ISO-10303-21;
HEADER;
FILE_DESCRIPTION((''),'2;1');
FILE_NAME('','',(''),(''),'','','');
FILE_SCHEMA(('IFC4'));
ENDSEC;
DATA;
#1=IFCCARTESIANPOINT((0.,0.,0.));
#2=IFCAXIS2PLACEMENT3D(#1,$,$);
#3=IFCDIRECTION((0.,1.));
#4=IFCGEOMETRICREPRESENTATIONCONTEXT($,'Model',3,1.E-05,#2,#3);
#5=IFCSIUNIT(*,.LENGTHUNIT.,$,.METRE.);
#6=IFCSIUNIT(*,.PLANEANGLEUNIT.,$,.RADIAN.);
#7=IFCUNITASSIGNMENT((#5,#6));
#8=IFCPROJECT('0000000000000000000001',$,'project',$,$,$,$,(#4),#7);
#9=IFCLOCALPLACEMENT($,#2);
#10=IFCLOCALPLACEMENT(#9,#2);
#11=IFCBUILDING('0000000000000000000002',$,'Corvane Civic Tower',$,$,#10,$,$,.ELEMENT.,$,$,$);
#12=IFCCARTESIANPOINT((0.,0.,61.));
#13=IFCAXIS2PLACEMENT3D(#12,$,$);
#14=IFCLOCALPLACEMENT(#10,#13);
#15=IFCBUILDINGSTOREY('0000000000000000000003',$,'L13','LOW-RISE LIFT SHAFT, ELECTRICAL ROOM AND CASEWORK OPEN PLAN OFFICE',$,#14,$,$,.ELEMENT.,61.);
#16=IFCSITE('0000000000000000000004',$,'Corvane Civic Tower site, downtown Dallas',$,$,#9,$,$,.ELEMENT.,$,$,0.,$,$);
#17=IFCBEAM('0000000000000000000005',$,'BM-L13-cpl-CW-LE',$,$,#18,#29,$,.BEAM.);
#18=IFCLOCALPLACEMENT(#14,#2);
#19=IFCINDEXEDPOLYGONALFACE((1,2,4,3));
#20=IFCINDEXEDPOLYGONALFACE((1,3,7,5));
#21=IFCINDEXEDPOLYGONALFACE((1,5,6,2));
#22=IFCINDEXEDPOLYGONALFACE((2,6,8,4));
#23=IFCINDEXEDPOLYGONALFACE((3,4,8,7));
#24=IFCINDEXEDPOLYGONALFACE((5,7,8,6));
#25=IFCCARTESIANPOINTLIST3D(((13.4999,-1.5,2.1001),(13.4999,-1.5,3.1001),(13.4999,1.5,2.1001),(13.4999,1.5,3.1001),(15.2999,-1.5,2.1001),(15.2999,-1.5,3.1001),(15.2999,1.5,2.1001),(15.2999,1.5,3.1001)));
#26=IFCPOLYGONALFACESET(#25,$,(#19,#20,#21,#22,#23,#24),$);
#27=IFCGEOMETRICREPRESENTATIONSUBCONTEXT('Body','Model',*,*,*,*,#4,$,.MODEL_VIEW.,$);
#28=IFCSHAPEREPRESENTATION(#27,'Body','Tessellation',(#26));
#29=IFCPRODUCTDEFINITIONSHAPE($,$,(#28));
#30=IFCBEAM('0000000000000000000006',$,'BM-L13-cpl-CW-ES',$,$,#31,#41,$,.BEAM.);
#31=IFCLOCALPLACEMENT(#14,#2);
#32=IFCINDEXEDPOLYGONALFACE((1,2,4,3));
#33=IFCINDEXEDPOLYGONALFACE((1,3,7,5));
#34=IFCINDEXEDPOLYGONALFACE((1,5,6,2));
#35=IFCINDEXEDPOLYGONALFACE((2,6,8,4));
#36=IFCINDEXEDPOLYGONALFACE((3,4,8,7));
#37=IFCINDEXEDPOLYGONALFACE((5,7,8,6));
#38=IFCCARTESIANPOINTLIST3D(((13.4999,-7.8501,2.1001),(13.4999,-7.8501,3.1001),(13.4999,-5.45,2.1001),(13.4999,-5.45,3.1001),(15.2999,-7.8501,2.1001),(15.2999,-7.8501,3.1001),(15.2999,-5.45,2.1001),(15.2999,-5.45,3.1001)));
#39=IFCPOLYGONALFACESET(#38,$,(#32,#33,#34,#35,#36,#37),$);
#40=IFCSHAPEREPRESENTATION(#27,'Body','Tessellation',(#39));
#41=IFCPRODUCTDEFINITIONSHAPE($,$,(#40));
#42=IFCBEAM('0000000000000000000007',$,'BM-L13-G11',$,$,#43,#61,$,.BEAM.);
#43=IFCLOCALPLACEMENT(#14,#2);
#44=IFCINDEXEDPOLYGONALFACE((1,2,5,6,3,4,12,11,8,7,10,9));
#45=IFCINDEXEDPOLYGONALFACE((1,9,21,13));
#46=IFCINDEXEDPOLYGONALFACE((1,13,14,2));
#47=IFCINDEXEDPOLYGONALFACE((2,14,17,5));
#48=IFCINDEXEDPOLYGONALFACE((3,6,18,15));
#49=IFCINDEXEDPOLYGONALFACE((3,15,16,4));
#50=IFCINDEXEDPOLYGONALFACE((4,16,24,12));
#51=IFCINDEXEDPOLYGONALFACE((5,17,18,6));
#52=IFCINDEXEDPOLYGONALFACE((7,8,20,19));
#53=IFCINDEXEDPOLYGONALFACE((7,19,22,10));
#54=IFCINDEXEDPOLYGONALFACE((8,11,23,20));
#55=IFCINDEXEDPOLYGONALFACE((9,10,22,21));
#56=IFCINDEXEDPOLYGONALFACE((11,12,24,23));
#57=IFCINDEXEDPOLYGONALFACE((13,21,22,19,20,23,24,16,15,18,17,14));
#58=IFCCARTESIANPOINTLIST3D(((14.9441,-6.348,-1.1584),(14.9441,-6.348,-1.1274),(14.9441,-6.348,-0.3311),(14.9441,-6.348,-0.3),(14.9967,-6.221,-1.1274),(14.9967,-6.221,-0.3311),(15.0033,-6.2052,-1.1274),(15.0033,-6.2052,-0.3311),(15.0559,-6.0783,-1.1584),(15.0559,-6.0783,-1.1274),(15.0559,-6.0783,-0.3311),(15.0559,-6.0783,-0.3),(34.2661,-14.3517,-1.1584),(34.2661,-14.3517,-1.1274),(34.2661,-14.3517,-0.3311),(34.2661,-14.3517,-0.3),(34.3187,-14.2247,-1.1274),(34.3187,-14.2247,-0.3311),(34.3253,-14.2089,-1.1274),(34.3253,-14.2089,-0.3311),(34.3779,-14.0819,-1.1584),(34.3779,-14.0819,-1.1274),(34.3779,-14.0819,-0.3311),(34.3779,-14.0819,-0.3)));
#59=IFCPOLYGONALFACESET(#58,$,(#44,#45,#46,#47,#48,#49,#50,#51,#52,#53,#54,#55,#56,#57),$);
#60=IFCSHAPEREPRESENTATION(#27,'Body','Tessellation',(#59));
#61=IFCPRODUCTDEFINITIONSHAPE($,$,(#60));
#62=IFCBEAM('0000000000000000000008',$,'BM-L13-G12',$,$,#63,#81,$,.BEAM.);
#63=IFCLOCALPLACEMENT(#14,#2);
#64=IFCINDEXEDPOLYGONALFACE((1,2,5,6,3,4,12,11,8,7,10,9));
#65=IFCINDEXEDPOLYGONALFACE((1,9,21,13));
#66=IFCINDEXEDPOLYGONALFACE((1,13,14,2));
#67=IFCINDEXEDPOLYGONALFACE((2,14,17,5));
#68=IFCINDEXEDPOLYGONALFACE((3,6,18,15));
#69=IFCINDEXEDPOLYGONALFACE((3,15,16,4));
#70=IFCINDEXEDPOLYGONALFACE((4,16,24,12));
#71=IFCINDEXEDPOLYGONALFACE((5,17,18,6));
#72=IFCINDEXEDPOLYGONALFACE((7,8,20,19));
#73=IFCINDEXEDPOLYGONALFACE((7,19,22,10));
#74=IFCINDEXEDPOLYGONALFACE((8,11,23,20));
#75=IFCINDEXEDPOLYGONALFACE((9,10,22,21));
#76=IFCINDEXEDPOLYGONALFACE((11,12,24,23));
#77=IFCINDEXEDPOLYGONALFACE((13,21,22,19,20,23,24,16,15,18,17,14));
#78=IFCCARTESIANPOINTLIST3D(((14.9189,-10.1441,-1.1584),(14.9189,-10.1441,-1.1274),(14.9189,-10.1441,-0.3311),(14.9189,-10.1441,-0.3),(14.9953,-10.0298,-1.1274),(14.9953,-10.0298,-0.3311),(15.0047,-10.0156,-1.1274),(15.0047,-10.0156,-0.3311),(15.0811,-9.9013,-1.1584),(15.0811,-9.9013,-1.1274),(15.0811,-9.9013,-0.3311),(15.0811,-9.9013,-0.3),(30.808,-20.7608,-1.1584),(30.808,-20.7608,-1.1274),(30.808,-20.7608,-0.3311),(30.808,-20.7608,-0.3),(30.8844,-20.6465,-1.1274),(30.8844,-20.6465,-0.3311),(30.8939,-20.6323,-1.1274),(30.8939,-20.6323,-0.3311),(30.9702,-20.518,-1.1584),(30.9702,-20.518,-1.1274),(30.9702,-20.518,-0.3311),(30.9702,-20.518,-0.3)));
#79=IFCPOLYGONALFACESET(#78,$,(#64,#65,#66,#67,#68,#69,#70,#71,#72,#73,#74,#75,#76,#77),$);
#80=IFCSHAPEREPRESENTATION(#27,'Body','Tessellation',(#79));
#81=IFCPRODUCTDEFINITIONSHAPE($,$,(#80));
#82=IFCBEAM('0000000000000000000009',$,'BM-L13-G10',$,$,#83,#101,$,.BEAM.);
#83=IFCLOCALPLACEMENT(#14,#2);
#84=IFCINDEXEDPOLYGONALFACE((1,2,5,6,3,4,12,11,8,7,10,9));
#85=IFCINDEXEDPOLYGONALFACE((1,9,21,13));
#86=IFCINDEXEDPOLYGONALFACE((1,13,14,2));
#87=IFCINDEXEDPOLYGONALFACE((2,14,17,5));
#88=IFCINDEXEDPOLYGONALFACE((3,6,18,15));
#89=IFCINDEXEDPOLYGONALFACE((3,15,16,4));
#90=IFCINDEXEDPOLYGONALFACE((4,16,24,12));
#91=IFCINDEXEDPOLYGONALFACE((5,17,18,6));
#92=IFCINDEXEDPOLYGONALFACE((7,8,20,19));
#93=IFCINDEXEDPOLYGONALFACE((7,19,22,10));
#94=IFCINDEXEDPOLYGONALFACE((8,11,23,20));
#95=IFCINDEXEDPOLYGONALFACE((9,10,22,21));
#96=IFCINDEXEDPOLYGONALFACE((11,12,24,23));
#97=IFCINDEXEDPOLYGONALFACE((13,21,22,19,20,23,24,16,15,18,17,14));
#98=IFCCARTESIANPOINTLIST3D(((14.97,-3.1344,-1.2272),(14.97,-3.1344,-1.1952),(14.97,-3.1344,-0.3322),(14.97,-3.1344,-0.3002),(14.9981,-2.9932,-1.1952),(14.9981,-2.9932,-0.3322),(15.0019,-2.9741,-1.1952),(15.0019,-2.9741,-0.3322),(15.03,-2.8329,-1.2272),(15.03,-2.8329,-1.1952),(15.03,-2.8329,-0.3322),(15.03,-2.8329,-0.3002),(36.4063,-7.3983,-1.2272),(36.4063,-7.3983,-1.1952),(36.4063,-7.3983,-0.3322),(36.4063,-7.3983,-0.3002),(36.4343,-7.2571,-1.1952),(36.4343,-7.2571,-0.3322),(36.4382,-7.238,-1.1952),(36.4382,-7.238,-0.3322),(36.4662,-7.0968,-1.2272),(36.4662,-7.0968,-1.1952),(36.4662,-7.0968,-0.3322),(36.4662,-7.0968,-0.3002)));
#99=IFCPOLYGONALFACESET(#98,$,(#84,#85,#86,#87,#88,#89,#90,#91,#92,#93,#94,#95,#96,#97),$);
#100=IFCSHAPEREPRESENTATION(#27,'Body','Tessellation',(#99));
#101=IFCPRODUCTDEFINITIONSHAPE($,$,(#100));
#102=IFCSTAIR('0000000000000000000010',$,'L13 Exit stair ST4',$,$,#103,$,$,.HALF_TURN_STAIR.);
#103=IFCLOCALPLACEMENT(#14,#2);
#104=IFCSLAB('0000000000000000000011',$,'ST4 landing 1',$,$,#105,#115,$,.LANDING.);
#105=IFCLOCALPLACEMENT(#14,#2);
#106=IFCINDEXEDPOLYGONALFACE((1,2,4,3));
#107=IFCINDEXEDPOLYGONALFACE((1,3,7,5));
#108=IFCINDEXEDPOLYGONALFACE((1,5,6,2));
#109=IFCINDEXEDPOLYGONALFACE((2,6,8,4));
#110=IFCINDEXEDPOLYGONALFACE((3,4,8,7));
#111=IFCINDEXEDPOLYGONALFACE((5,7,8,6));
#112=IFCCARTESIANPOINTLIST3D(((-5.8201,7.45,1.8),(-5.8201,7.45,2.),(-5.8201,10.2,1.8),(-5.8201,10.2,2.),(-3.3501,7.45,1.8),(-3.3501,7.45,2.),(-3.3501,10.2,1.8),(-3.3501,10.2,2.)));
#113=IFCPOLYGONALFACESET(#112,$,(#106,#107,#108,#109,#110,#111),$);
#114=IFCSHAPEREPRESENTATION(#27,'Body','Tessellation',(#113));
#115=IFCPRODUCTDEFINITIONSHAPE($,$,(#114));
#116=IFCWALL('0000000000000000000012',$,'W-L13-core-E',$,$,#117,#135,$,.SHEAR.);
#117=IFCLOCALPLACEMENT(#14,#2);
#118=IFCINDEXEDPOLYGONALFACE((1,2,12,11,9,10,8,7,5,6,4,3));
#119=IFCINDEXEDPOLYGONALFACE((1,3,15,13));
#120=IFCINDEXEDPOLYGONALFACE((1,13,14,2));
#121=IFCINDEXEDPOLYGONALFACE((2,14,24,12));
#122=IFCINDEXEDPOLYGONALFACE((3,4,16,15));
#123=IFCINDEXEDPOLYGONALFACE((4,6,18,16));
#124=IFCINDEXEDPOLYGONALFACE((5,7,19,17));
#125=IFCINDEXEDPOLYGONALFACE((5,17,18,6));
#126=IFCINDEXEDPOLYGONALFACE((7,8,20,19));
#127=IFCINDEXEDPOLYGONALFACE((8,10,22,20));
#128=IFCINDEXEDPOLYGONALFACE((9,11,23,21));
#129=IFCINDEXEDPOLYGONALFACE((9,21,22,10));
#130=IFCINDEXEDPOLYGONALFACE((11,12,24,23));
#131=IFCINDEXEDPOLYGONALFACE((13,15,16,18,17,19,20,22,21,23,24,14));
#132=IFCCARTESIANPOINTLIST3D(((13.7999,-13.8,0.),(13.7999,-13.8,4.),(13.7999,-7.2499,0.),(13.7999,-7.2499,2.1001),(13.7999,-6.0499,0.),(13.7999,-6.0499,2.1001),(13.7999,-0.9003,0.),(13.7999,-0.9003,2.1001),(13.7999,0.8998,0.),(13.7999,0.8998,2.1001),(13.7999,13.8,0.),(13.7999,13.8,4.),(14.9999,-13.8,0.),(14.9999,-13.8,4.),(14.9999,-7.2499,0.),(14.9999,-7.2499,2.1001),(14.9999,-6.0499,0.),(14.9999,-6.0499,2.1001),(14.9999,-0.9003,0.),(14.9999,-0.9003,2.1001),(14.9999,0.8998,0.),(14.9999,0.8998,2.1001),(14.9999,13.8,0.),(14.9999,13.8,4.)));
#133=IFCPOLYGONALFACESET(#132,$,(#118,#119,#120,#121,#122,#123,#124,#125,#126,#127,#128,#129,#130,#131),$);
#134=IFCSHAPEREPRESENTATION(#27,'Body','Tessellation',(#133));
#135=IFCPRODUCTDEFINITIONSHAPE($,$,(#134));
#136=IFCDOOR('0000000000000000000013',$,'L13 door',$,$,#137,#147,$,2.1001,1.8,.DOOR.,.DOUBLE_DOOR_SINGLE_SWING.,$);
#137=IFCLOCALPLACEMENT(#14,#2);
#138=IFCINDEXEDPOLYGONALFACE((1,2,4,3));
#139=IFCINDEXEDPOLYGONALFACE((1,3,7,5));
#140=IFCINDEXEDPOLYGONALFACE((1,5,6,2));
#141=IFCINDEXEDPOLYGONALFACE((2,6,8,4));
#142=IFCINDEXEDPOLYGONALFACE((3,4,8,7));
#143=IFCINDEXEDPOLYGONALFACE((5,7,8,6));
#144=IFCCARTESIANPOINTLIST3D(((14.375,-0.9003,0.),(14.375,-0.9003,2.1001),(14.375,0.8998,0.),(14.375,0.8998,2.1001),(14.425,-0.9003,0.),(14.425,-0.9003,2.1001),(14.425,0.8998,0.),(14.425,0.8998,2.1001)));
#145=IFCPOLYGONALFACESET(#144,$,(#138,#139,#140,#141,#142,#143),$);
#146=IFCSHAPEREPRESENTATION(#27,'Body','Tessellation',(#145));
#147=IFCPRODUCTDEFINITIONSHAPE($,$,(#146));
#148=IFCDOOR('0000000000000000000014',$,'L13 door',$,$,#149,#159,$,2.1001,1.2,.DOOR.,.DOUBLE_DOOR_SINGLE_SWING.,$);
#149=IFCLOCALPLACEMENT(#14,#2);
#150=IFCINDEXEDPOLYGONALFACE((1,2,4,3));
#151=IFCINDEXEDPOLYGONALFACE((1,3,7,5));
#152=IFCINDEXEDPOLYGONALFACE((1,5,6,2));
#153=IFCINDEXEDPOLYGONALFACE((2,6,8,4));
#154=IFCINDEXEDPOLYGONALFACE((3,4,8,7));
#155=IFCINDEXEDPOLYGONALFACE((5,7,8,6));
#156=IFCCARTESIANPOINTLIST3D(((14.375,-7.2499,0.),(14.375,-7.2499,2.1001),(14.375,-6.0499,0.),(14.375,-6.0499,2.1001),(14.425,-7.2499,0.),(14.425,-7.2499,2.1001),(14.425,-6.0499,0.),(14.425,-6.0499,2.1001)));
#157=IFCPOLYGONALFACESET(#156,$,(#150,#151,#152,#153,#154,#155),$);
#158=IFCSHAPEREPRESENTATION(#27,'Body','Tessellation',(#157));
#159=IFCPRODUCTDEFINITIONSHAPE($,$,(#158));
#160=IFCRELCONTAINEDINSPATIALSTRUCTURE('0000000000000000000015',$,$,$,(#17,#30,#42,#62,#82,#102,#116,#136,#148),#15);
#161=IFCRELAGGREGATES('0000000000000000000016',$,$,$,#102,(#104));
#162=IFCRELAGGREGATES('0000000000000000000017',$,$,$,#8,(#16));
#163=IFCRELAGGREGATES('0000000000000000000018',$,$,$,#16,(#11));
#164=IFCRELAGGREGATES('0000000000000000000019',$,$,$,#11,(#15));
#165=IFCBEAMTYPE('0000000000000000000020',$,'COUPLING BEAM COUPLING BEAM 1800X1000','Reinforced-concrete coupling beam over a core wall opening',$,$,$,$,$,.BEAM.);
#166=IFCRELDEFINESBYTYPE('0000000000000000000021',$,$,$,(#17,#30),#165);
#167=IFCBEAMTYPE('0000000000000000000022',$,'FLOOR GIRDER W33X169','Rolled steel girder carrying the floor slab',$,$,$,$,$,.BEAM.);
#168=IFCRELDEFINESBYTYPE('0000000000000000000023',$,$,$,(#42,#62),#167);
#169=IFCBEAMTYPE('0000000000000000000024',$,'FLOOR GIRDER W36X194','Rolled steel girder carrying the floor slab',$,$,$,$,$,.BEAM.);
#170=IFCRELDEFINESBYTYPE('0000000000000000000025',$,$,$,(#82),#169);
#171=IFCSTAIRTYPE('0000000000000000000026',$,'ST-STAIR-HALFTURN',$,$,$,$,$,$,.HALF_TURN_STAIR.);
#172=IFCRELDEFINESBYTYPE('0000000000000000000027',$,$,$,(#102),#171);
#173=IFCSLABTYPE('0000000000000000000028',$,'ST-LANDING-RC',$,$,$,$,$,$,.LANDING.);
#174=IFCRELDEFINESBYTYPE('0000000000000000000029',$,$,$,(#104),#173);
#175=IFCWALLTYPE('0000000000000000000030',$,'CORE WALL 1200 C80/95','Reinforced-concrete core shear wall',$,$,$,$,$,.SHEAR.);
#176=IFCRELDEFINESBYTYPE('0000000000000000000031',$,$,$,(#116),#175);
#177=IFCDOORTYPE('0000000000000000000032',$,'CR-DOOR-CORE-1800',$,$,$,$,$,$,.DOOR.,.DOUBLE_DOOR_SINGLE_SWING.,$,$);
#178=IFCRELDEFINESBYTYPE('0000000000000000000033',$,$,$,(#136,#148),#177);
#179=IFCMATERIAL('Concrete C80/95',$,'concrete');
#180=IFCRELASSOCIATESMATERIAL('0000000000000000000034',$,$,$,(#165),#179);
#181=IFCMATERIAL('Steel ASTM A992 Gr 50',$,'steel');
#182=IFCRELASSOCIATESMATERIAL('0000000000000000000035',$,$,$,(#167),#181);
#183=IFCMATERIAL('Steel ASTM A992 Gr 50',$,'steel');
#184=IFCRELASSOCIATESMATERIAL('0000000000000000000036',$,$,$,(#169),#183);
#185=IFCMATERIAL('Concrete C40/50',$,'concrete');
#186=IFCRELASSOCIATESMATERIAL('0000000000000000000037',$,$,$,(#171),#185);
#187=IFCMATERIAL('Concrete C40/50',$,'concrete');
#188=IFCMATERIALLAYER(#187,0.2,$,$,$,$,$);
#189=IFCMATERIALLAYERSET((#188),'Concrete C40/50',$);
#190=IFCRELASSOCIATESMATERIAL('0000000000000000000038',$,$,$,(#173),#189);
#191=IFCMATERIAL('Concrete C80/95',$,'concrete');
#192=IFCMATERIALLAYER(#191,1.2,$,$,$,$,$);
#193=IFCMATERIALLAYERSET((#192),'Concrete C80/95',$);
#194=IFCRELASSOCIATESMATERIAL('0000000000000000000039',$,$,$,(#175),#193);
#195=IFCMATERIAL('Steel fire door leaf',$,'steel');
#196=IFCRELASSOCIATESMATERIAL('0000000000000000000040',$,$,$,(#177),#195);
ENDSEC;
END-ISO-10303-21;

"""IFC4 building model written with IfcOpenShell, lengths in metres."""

from ifc_helpers import new_model, si_unit, direction, frame, frame_2d, origin, origin_2d, place, context, subcontext, project, spatial, polyline, rectangle, i_section, outline, extrude, material, layer, layer_set, material_profile, profile_set, type_object, element, fill, aggregate, save


model = new_model("IFC4")

# Units and contexts
model_context = context("Model", 3, precision=1e-05, world=origin(), true_north=direction((0.0, 1.0)))
body_context = subcontext(model_context, "Body", "Model", "MODEL_VIEW")
ifc_project = project(units=[si_unit("LENGTHUNIT", "METRE"), si_unit("PLANEANGLEUNIT", "RADIAN")], contexts=[model_context])

# Site, building, storey
site_placement = place(None, origin())
site = spatial("IfcSite", under=ifc_project, at=site_placement, Name="Corvane Civic Tower site, downtown Dallas", CompositionType="ELEMENT", RefElevation=0.0)
building_placement = place(site_placement, origin())
building = spatial("IfcBuilding", under=site, at=building_placement, Name="Corvane Civic Tower", CompositionType="ELEMENT")
storey_placement = place(building_placement, frame((0.0, 0.0, 61.0)))
storey = spatial("IfcBuildingStorey", under=building, at=storey_placement, Name="L13", Description="LOW-RISE LIFT SHAFT, ELECTRICAL ROOM AND CASEWORK OPEN PLAN OFFICE", CompositionType="ELEMENT", Elevation=61.0)

# Beams
ifc_material_1 = material(Name="Concrete C80/95", Category="concrete")
ifc_material_profile_1 = material_profile(ifc_material_1, rectangle(XDim=1.8, YDim=1.0, at=origin_2d()), Name="COUPLING BEAM 1800X1000")
ifc_profile_set_1 = profile_set([ifc_material_profile_1], Name="Concrete C80/95")
beam_type_1 = type_object("IfcBeamType", Name="COUPLING BEAM COUPLING BEAM 1800X1000", Description="Reinforced-concrete coupling beam over a core wall opening", PredefinedType="BEAM", material=ifc_profile_set_1)
beam_1_placement = place(storey_placement, frame((14.3999, -1.5, 2.6001), z_axis=(0.0, 1.0, 0.0), x_axis=(-1.0, 0.0, 0.0)))
element("IfcBeam", 1, at=beam_1_placement, inside=storey, type_object=beam_type_1, Name="BM-L13-cpl-CW-LE", PredefinedType="BEAM", context=body_context, shape_type="SweptSolid", body=[
    extrude(rectangle(XDim=1.8, YDim=1.0, at=origin_2d()), origin(), (0.0, 0.0, 1.0), 3.0),
])
beam_2_placement = place(storey_placement, frame((14.3999, -7.8501, 2.6001), z_axis=(0.0, 1.0, 0.0), x_axis=(-1.0, 0.0, 0.0)))
element("IfcBeam", 2, at=beam_2_placement, inside=storey, type_object=beam_type_1, Name="BM-L13-cpl-CW-ES", PredefinedType="BEAM", context=body_context, shape_type="SweptSolid", body=[
    extrude(rectangle(XDim=1.8, YDim=1.0, at=origin_2d()), origin(), (0.0, 0.0, 1.0), 2.4001),
])
ifc_material_2 = material(Name="Steel ASTM A992 Gr 50", Category="steel")
ifc_material_profile_2 = material_profile(ifc_material_2, i_section(OverallWidth=0.292, OverallDepth=0.8584, WebThickness=0.0171, FlangeThickness=0.031, at=origin_2d()), Name="W33X169")
ifc_profile_set_2 = profile_set([ifc_material_profile_2], Name="Steel ASTM A992 Gr 50")
beam_type_2 = type_object("IfcBeamType", Name="FLOOR GIRDER W33X169", Description="Rolled steel girder carrying the floor slab", PredefinedType="BEAM", material=ifc_profile_set_2)
beam_3_placement = place(storey_placement, frame((15.0, -6.2131, -0.7292), z_axis=(0.923876, -0.382692, 0.0), x_axis=(0.382692, 0.923876, 0.0)))
element("IfcBeam", 3, at=beam_3_placement, inside=storey, type_object=beam_type_2, Name="BM-L13-G11", PredefinedType="BEAM", context=body_context, shape_type="SweptSolid", body=[
    extrude(i_section(OverallWidth=0.292, OverallDepth=0.8584, WebThickness=0.0171, FlangeThickness=0.031, at=origin_2d()), origin(), (0.0, 0.0, 1.0), 20.9141),
])
beam_4_placement = place(storey_placement, frame((15.0, -10.0227, -0.7292), z_axis=(0.831472, -0.555567, 0.0), x_axis=(0.555567, 0.831472, 0.0)))
element("IfcBeam", 4, at=beam_4_placement, inside=storey, type_object=beam_type_2, Name="BM-L13-G12", PredefinedType="BEAM", context=body_context, shape_type="SweptSolid", body=[
    extrude(i_section(OverallWidth=0.292, OverallDepth=0.8584, WebThickness=0.0171, FlangeThickness=0.031, at=origin_2d()), origin(), (0.0, 0.0, 1.0), 19.1096),
])
ifc_material_3 = material(Name="Steel ASTM A992 Gr 50", Category="steel")
ifc_material_profile_3 = material_profile(ifc_material_3, i_section(OverallWidth=0.3074, OverallDepth=0.927, WebThickness=0.0195, FlangeThickness=0.032, at=origin_2d()), Name="W36X194")
ifc_profile_set_3 = profile_set([ifc_material_profile_3], Name="Steel ASTM A992 Gr 50")
beam_type_3 = type_object("IfcBeamType", Name="FLOOR GIRDER W36X194", Description="Rolled steel girder carrying the floor slab", PredefinedType="BEAM", material=ifc_profile_set_3)
beam_5_placement = place(storey_placement, frame((15.0, -2.9836, -0.7637), z_axis=(0.980785, -0.195089, 0.0), x_axis=(0.195089, 0.980785, 0.0)))
element("IfcBeam", 5, at=beam_5_placement, inside=storey, type_object=beam_type_3, Name="BM-L13-G10", PredefinedType="BEAM", context=body_context, shape_type="SweptSolid", body=[
    extrude(i_section(OverallWidth=0.3074, OverallDepth=0.927, WebThickness=0.0195, FlangeThickness=0.032, at=origin_2d()), origin(), (0.0, 0.0, 1.0), 21.8562),
])

# Stair, slab
ifc_material_4 = material(Name="Concrete C40/50", Category="concrete")
stair_type = type_object("IfcStairType", Name="ST-STAIR-HALFTURN", PredefinedType="HALF_TURN_STAIR", material=ifc_material_4)
stair_1_placement = place(storey_placement, origin())
stair_1 = element("IfcStair", 6, at=stair_1_placement, inside=storey, type_object=stair_type, Name="L13 Exit stair ST4", PredefinedType="HALF_TURN_STAIR")
ifc_material_5 = material(Name="Concrete C40/50", Category="concrete")
ifc_layer_1 = layer(ifc_material_5, 0.2)
ifc_layer_set_1 = layer_set([ifc_layer_1], Name="Concrete C40/50")
slab_type = type_object("IfcSlabType", Name="ST-LANDING-RC", PredefinedType="LANDING", material=ifc_layer_set_1)
slab_placement = place(storey_placement, frame((0.0, 0.0, 1.8)))
slab = element("IfcSlab", 7, at=slab_placement, type_object=slab_type, Name="ST4 landing 1", PredefinedType="LANDING", context=body_context, shape_type="SweptSolid", body=[
    extrude(outline(polyline([(-5.8201, 7.45), (-3.3501, 7.45), (-3.3501, 10.2), (-5.8201, 10.2), (-5.8201, 7.45)])), origin(), (0.0, 0.0, 1.0), 0.2),
])
aggregate(stair_1, [slab])

# Wall, openings, doors
ifc_material_6 = material(Name="Concrete C80/95", Category="concrete")
ifc_layer_2 = layer(ifc_material_6, 1.2)
ifc_layer_set_2 = layer_set([ifc_layer_2], Name="Concrete C80/95")
wall_type_1 = type_object("IfcWallType", Name="CORE WALL 1200 C80/95", Description="Reinforced-concrete core shear wall", PredefinedType="SHEAR", material=ifc_layer_set_2)
wall_1_placement = place(storey_placement, frame((14.3999, -13.8, 0.0), z_axis=(0.0, 0.0, 1.0), x_axis=(0.0, 1.0, 0.0)))
wall_1 = element("IfcWall", 8, at=wall_1_placement, inside=storey, type_object=wall_type_1, Name="W-L13-core-E", PredefinedType="SHEAR", context=body_context, shape_type="SweptSolid", body=[
    extrude(rectangle(XDim=27.6001, YDim=1.2, at=frame_2d((13.8, 0.0))), origin(), (0.0, 0.0, 1.0), 4.0),
])
opening_1_placement = place(wall_1_placement, frame((12.8999, 0.0, 0.0)))
opening_1 = element("IfcOpeningElement", 9, at=opening_1_placement, cuts=wall_1, PredefinedType="OPENING", context=body_context, shape_type="SweptSolid", body=[
    extrude(rectangle(XDim=1.8, YDim=2.1001, at=frame_2d((0.8999, 1.05))), frame((0.0, 0.6099, 0.0), z_axis=(0.0, -1.0, 0.0), x_axis=(1.0, 0.0, 0.0)), (0.0, 0.0, 1.0), 1.22),
])
opening_2_placement = place(wall_1_placement, frame((6.55, 0.0, 0.0)))
opening_2 = element("IfcOpeningElement", 10, at=opening_2_placement, cuts=wall_1, PredefinedType="OPENING", context=body_context, shape_type="SweptSolid", body=[
    extrude(rectangle(XDim=1.2, YDim=2.1001, at=frame_2d((0.6001, 1.05))), frame((0.0, 0.6099, 0.0), z_axis=(0.0, -1.0, 0.0), x_axis=(1.0, 0.0, 0.0)), (0.0, 0.0, 1.0), 1.22),
])
ifc_material_7 = material(Name="Steel fire door leaf", Category="steel")
door_type_1 = type_object("IfcDoorType", Name="CR-DOOR-CORE-1800", OperationType="DOUBLE_DOOR_SINGLE_SWING", PredefinedType="DOOR", material=ifc_material_7)
door_1_placement = place(opening_1_placement, origin())
door_1 = element("IfcDoor", 11, at=door_1_placement, inside=storey, type_object=door_type_1, Name="L13 door", OperationType="DOUBLE_DOOR_SINGLE_SWING", OverallHeight=2.1001, OverallWidth=1.8, PredefinedType="DOOR", context=body_context, shape_type="SweptSolid", body=[
    extrude(rectangle(XDim=1.8, YDim=2.1001, at=frame_2d((0.8999, 1.05))), frame((0.0, 0.0249, 0.0), z_axis=(0.0, -1.0, 0.0), x_axis=(1.0, 0.0, 0.0)), (0.0, 0.0, 1.0), 0.05),
])
fill(opening_1, door_1)
door_2_placement = place(opening_2_placement, origin())
door_2 = element("IfcDoor", 12, at=door_2_placement, inside=storey, type_object=door_type_1, Name="L13 door", OperationType="DOUBLE_DOOR_SINGLE_SWING", OverallHeight=2.1001, OverallWidth=1.2, PredefinedType="DOOR", context=body_context, shape_type="SweptSolid", body=[
    extrude(rectangle(XDim=1.2, YDim=2.1001, at=frame_2d((0.6001, 1.05))), frame((0.0, 0.0249, 0.0), z_axis=(0.0, -1.0, 0.0), x_axis=(1.0, 0.0, 0.0)), (0.0, 0.0, 1.0), 0.05),
])
fill(opening_2, door_2)

save(model, "model.ifc")
